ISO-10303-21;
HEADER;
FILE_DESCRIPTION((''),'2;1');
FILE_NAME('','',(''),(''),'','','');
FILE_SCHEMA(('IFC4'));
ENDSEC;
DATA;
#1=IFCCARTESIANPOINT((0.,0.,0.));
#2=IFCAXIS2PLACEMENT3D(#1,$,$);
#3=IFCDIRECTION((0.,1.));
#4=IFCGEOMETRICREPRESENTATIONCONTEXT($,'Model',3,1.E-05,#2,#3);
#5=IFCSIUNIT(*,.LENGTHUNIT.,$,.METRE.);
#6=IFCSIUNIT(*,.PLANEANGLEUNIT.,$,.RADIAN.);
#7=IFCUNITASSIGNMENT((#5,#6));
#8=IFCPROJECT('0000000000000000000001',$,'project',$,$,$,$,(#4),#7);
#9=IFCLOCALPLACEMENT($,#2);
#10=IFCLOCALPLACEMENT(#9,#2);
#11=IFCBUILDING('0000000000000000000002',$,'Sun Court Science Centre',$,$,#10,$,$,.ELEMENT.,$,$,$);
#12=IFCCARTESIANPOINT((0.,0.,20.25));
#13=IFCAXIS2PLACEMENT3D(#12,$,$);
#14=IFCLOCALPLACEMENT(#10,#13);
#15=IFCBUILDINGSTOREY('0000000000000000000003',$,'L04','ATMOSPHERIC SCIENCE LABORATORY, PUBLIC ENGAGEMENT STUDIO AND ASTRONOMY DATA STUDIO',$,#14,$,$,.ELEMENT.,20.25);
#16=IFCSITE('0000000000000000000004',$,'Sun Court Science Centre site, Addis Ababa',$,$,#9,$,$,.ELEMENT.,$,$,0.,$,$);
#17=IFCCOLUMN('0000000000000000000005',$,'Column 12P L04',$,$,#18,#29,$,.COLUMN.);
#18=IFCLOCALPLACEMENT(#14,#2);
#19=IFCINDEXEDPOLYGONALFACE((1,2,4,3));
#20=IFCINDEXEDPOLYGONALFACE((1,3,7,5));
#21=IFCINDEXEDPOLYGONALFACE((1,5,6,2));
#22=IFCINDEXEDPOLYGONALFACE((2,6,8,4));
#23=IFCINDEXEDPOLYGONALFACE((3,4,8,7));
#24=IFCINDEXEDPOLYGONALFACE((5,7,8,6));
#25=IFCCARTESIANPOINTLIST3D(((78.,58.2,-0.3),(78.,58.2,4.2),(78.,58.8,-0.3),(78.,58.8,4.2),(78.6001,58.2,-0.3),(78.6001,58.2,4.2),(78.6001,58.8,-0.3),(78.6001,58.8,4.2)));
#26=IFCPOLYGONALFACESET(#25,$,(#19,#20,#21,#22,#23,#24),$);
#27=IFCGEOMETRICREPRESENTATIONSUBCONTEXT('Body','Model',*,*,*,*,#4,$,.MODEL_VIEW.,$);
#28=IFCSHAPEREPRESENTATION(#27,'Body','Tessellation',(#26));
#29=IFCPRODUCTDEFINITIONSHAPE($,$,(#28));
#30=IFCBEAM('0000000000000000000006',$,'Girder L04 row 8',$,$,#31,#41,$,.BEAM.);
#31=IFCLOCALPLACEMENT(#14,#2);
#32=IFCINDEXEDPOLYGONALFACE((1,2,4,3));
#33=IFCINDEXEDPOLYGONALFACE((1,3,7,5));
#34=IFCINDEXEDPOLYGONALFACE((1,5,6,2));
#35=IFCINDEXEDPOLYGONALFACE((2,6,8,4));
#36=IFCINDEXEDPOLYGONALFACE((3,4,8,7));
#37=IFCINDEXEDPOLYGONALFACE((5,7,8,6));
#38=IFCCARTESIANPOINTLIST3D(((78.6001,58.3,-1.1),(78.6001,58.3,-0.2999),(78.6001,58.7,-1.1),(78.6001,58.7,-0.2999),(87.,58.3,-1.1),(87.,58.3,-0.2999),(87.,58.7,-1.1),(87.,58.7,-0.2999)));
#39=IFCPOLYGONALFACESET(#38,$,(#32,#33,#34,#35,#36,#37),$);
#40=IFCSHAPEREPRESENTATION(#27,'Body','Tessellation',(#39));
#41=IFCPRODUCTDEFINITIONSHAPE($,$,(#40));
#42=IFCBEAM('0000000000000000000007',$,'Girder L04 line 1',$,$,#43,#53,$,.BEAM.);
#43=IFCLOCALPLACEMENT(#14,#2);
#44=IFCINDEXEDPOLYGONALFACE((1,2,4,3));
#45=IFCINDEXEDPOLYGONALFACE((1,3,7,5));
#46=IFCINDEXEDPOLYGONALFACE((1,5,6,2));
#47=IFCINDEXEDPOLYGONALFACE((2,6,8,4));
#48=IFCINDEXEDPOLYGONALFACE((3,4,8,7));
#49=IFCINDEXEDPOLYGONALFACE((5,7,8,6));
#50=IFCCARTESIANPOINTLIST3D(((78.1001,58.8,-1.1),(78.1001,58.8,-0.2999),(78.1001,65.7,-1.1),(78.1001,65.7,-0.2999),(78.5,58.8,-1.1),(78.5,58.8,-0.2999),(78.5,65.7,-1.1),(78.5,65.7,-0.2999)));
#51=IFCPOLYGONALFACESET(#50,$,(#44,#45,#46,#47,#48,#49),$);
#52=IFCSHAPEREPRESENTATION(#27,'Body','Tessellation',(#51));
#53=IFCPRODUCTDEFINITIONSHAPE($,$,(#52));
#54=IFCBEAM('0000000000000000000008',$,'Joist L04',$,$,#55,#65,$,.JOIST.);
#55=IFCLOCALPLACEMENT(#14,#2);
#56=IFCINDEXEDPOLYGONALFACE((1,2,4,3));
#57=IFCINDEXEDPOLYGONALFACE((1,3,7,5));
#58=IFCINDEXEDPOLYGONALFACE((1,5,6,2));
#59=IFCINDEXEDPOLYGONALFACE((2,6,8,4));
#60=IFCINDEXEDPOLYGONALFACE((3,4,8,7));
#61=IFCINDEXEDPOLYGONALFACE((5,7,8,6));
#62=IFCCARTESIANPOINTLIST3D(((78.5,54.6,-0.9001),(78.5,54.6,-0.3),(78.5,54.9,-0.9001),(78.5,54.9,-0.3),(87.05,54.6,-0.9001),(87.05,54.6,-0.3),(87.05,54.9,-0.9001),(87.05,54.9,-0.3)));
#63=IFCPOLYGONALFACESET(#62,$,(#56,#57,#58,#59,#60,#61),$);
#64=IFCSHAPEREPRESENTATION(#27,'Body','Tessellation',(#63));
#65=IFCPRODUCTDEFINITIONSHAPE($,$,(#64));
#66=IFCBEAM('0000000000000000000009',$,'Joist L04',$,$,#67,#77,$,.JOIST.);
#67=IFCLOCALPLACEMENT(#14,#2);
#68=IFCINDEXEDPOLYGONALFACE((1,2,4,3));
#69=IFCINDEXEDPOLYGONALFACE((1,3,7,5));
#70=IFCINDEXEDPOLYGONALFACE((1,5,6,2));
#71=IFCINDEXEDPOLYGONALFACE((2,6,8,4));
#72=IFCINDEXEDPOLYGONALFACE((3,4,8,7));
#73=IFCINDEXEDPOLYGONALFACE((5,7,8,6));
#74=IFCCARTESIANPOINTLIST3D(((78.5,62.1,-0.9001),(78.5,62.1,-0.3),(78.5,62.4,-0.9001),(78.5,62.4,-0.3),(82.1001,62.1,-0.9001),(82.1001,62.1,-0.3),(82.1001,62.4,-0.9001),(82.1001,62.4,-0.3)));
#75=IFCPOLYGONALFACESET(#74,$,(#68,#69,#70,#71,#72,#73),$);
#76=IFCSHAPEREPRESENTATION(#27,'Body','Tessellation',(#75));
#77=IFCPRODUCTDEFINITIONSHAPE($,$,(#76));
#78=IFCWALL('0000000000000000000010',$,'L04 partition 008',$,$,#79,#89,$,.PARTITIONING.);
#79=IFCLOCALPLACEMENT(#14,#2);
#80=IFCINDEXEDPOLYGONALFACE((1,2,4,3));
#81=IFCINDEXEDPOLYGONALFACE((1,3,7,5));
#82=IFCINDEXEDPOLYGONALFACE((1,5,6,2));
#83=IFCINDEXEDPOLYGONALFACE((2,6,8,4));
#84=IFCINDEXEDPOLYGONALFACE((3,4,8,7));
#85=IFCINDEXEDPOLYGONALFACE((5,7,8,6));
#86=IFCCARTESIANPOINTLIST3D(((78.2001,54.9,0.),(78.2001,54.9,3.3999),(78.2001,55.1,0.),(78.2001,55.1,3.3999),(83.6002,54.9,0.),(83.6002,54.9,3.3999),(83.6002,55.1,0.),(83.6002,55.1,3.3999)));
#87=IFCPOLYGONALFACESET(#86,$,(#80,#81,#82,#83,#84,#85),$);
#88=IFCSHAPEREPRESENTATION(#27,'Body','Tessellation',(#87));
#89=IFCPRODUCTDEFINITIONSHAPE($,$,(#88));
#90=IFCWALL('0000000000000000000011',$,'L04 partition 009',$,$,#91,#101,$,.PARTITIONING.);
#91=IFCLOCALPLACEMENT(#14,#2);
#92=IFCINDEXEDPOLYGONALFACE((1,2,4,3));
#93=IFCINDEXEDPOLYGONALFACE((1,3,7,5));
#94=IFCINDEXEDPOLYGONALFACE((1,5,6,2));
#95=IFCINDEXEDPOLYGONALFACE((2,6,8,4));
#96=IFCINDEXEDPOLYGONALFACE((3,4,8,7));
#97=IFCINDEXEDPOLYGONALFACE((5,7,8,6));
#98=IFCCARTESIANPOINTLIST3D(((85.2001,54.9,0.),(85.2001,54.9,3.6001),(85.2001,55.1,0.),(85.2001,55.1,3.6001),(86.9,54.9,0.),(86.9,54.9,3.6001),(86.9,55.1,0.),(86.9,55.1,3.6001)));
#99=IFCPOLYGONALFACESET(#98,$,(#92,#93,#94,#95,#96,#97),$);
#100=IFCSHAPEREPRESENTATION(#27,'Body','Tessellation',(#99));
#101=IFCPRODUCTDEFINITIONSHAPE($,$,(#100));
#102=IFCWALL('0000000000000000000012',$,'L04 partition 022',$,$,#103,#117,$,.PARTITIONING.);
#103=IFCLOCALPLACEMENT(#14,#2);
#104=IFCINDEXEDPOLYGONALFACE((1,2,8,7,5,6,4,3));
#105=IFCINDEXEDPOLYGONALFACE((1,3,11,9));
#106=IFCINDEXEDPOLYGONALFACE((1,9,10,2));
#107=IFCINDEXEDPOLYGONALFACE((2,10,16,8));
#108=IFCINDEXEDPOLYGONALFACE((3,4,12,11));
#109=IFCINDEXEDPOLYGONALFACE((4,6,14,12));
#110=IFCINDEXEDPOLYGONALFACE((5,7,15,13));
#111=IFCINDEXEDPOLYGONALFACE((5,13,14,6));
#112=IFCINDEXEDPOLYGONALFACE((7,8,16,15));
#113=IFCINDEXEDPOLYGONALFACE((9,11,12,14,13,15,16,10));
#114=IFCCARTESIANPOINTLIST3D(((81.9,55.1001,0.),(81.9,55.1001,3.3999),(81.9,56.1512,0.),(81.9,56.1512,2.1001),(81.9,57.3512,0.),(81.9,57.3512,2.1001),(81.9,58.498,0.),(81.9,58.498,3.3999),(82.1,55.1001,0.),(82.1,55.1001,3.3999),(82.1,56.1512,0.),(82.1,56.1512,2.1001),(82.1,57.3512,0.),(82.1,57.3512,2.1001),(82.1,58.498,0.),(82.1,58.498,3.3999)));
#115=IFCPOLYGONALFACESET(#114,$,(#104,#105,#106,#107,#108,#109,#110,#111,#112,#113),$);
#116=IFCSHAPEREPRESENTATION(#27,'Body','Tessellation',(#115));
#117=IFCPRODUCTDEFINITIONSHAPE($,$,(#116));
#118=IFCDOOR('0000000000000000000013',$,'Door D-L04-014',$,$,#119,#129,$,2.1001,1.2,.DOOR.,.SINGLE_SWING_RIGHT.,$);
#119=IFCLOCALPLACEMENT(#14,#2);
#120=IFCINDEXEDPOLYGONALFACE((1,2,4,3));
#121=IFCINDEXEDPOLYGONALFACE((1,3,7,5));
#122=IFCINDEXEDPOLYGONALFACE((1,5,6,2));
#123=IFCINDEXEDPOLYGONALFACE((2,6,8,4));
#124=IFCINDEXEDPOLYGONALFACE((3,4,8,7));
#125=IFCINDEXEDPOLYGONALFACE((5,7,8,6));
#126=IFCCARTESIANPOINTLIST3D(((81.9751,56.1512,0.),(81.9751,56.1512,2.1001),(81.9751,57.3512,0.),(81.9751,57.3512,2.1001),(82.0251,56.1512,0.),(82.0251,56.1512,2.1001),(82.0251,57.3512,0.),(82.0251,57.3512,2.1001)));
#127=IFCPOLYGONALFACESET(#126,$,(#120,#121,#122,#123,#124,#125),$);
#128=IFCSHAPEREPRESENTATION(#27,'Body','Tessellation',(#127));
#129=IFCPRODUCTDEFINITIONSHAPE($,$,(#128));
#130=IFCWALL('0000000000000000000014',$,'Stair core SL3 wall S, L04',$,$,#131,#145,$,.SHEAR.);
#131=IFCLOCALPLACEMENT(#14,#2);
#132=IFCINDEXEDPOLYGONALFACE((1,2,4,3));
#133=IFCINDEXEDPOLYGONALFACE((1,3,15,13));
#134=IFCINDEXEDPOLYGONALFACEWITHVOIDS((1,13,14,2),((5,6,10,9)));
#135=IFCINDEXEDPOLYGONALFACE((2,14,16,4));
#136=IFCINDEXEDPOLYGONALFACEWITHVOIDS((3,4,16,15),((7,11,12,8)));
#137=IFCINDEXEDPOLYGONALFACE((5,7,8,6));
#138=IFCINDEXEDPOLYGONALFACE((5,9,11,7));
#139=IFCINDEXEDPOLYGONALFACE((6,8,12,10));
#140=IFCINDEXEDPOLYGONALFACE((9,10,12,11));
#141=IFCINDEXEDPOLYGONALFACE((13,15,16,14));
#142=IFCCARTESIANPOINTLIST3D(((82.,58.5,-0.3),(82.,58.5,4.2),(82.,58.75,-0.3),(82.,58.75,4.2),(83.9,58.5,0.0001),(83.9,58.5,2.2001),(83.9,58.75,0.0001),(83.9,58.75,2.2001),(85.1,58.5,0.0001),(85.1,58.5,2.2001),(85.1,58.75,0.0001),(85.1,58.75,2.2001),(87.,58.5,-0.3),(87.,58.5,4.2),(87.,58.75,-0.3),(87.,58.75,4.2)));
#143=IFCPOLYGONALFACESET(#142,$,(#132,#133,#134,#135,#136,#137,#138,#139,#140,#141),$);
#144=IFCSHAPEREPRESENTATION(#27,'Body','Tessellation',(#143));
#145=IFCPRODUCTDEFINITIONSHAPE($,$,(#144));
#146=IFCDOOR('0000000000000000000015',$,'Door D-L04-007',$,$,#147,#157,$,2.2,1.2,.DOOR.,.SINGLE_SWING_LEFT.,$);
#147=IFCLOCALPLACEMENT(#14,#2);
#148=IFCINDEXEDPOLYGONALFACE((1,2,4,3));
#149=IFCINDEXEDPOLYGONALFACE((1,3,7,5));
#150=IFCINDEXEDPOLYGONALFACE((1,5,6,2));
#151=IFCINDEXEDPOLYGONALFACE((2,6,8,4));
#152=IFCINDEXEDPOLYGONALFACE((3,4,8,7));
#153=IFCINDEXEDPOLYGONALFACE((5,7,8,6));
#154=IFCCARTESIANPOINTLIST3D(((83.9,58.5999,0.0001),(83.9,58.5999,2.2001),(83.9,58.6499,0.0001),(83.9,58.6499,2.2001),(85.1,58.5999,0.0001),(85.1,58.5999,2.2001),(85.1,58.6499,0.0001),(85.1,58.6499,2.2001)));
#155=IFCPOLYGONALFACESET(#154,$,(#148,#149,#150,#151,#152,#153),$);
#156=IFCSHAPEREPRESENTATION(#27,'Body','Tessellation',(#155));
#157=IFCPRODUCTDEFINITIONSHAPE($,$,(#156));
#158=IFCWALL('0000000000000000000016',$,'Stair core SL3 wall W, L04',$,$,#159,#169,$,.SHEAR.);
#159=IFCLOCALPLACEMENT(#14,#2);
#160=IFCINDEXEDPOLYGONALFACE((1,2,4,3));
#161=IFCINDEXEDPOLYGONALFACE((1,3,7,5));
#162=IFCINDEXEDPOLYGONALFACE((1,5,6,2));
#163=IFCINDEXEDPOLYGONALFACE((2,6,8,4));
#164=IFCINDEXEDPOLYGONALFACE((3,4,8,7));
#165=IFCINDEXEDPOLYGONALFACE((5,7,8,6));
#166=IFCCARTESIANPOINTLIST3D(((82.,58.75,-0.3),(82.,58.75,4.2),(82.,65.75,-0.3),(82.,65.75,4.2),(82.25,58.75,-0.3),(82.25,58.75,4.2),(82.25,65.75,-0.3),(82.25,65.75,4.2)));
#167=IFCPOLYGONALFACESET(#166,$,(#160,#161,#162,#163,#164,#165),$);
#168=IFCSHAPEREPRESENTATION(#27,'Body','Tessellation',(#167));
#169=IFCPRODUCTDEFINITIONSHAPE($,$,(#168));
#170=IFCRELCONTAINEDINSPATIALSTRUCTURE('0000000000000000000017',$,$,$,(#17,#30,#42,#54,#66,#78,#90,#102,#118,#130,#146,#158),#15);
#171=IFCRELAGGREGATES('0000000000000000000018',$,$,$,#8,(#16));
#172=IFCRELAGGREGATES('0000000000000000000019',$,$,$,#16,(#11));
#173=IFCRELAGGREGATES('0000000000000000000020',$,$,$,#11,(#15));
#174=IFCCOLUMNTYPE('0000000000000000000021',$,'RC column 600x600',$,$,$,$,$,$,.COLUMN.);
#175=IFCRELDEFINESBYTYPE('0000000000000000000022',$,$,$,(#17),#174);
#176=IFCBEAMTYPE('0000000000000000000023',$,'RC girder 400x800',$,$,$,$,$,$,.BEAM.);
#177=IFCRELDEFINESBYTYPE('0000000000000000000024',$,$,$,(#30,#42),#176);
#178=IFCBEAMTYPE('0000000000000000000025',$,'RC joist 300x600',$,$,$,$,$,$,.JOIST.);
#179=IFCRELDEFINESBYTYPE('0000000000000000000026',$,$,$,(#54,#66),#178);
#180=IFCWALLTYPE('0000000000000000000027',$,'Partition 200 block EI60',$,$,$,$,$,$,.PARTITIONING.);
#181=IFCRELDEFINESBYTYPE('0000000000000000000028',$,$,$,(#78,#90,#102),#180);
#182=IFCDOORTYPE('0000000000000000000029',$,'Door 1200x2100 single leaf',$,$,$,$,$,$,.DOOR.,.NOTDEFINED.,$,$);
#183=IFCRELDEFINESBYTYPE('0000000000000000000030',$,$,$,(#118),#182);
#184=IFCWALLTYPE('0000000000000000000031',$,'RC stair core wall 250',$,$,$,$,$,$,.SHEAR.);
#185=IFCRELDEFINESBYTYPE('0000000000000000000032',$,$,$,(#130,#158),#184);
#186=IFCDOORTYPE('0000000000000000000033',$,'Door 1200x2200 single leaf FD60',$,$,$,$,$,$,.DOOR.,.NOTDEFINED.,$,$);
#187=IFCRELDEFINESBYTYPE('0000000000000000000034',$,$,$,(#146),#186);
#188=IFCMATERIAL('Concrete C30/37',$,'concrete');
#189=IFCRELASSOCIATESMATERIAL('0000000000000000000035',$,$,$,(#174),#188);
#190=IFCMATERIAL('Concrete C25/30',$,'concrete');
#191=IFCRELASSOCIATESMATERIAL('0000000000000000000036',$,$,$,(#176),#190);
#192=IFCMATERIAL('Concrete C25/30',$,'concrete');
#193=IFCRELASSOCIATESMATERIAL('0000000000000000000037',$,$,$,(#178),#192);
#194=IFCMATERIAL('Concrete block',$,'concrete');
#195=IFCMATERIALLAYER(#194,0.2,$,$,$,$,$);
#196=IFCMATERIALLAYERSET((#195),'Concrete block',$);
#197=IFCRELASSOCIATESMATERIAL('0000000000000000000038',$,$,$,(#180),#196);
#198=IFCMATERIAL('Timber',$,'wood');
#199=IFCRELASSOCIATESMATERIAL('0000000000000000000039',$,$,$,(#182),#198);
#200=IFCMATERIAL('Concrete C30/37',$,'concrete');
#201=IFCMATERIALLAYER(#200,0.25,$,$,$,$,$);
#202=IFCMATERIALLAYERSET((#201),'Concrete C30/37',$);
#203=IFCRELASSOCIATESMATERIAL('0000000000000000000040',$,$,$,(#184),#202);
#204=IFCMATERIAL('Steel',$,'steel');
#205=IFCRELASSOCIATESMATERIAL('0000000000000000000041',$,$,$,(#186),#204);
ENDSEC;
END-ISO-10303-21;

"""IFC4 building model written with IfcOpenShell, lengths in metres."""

from ifc_helpers import new_model, si_unit, direction, frame, frame_2d, origin, origin_2d, place, context, subcontext, project, spatial, rectangle, extrude, material, layer, layer_set, material_profile, profile_set, type_object, element, fill, save


model = new_model("IFC4")

# Units and contexts
model_context = context("Model", 3, precision=1e-05, world=origin(), true_north=direction((0.0, 1.0)))
body_context = subcontext(model_context, "Body", "Model", "MODEL_VIEW")
ifc_project = project(units=[si_unit("LENGTHUNIT", "METRE"), si_unit("PLANEANGLEUNIT", "RADIAN")], contexts=[model_context])

# Site, building, storey
site_placement = place(None, origin())
site = spatial("IfcSite", under=ifc_project, at=site_placement, Name="Sun Court Science Centre site, Addis Ababa", CompositionType="ELEMENT", RefElevation=0.0)
building_placement = place(site_placement, origin())
building = spatial("IfcBuilding", under=site, at=building_placement, Name="Sun Court Science Centre", CompositionType="ELEMENT")
storey_placement = place(building_placement, frame((0.0, 0.0, 20.25)))
storey = spatial("IfcBuildingStorey", under=building, at=storey_placement, Name="L04", Description="ATMOSPHERIC SCIENCE LABORATORY, PUBLIC ENGAGEMENT STUDIO AND ASTRONOMY DATA STUDIO", CompositionType="ELEMENT", Elevation=20.25)

# Column
ifc_material_1 = material(Name="Concrete C30/37", Category="concrete")
ifc_material_profile_1 = material_profile(ifc_material_1, rectangle(XDim=0.6001, YDim=0.6001, at=origin_2d()), Name="RC 600x600")
ifc_profile_set_1 = profile_set([ifc_material_profile_1], Name="Concrete C30/37")
column_type = type_object("IfcColumnType", Name="RC column 600x600", PredefinedType="COLUMN", material=ifc_profile_set_1)
column_placement = place(storey_placement, frame((78.3, 58.5, -0.3), z_axis=(0.0, 0.0, 1.0), x_axis=(1.0, 0.0, 0.0)))
element("IfcColumn", 1, at=column_placement, inside=storey, type_object=column_type, Name="Column 12P L04", PredefinedType="COLUMN", context=body_context, shape_type="SweptSolid", body=[
    extrude(rectangle(XDim=0.6001, YDim=0.6001, at=origin_2d()), origin(), (0.0, 0.0, 1.0), 4.5),
])

# Beams
ifc_material_2 = material(Name="Concrete C25/30", Category="concrete")
ifc_material_profile_2 = material_profile(ifc_material_2, rectangle(XDim=0.3999, YDim=0.8, at=origin_2d()), Name="RC 400x800")
ifc_profile_set_2 = profile_set([ifc_material_profile_2], Name="Concrete C25/30")
beam_type_1 = type_object("IfcBeamType", Name="RC girder 400x800", PredefinedType="BEAM", material=ifc_profile_set_2)
beam_1_placement = place(storey_placement, frame((78.6001, 58.5, -0.7), z_axis=(1.0, 0.0, 0.0), x_axis=(0.0, 1.0, 0.0)))
element("IfcBeam", 2, at=beam_1_placement, inside=storey, type_object=beam_type_1, Name="Girder L04 row 8", PredefinedType="BEAM", context=body_context, shape_type="SweptSolid", body=[
    extrude(rectangle(XDim=0.3999, YDim=0.8, at=origin_2d()), origin(), (0.0, 0.0, 1.0), 8.3999),
])
beam_2_placement = place(storey_placement, frame((78.3, 58.8, -0.7), z_axis=(0.0, 1.0, 0.0), x_axis=(-1.0, 0.0, 0.0)))
element("IfcBeam", 3, at=beam_2_placement, inside=storey, type_object=beam_type_1, Name="Girder L04 line 1", PredefinedType="BEAM", context=body_context, shape_type="SweptSolid", body=[
    extrude(rectangle(XDim=0.3999, YDim=0.8, at=origin_2d()), origin(), (0.0, 0.0, 1.0), 6.8999),
])
ifc_material_3 = material(Name="Concrete C25/30", Category="concrete")
ifc_material_profile_3 = material_profile(ifc_material_3, rectangle(XDim=0.3, YDim=0.6001, at=origin_2d()), Name="RC 300x600")
ifc_profile_set_3 = profile_set([ifc_material_profile_3], Name="Concrete C25/30")
beam_type_2 = type_object("IfcBeamType", Name="RC joist 300x600", PredefinedType="JOIST", material=ifc_profile_set_3)
beam_3_placement = place(storey_placement, frame((78.5, 54.75, -0.6001), z_axis=(1.0, 0.0, 0.0), x_axis=(0.0, 1.0, 0.0)))
element("IfcBeam", 4, at=beam_3_placement, inside=storey, type_object=beam_type_2, Name="Joist L04", PredefinedType="JOIST", context=body_context, shape_type="SweptSolid", body=[
    extrude(rectangle(XDim=0.3, YDim=0.6001, at=origin_2d()), origin(), (0.0, 0.0, 1.0), 8.55),
])
beam_4_placement = place(storey_placement, frame((78.5, 62.25, -0.6001), z_axis=(1.0, 0.0, 0.0), x_axis=(0.0, 1.0, 0.0)))
element("IfcBeam", 5, at=beam_4_placement, inside=storey, type_object=beam_type_2, Name="Joist L04", PredefinedType="JOIST", context=body_context, shape_type="SweptSolid", body=[
    extrude(rectangle(XDim=0.3, YDim=0.6001, at=origin_2d()), origin(), (0.0, 0.0, 1.0), 3.6001),
])

# Walls
ifc_material_4 = material(Name="Concrete block", Category="concrete")
ifc_layer_1 = layer(ifc_material_4, 0.2)
ifc_layer_set_1 = layer_set([ifc_layer_1], Name="Concrete block")
wall_type_1 = type_object("IfcWallType", Name="Partition 200 block EI60", PredefinedType="PARTITIONING", material=ifc_layer_set_1)
wall_1_placement = place(storey_placement, frame((78.2, 55.0, 0.0), z_axis=(0.0, 0.0, 1.0), x_axis=(1.0, 0.0, 0.0)))
element("IfcWall", 6, at=wall_1_placement, inside=storey, type_object=wall_type_1, Name="L04 partition 008", PredefinedType="PARTITIONING", context=body_context, shape_type="SweptSolid", body=[
    extrude(rectangle(XDim=5.4001, YDim=0.2, at=frame_2d((2.7002, 0.0))), origin(), (0.0, 0.0, 1.0), 3.3999),
])
wall_2_placement = place(storey_placement, frame((85.2, 55.0, 0.0), z_axis=(0.0, 0.0, 1.0), x_axis=(1.0, 0.0, 0.0)))
element("IfcWall", 7, at=wall_2_placement, inside=storey, type_object=wall_type_1, Name="L04 partition 009", PredefinedType="PARTITIONING", context=body_context, shape_type="SweptSolid", body=[
    extrude(rectangle(XDim=1.7, YDim=0.2, at=frame_2d((0.8501, 0.0))), origin(), (0.0, 0.0, 1.0), 3.6001),
])

# Walls, openings, doors
wall_3_placement = place(storey_placement, frame((82.0, 55.1001, 0.0), z_axis=(0.0, 0.0, 1.0), x_axis=(0.0, 1.0, 0.0)))
wall_3 = element("IfcWall", 8, at=wall_3_placement, inside=storey, type_object=wall_type_1, Name="L04 partition 022", PredefinedType="PARTITIONING", context=body_context, shape_type="SweptSolid", body=[
    extrude(rectangle(XDim=3.3979, YDim=0.2, at=frame_2d((1.699, 0.0))), origin(), (0.0, 0.0, 1.0), 3.3999),
])
opening_1_placement = place(wall_3_placement, frame((1.051, 0.0, 0.0)))
opening_1 = element("IfcOpeningElement", 9, at=opening_1_placement, cuts=wall_3, PredefinedType="OPENING", context=body_context, shape_type="SweptSolid", body=[
    extrude(rectangle(XDim=1.2, YDim=2.1001, at=frame_2d((0.6001, 1.05))), frame((0.0, 0.1099, 0.0), z_axis=(0.0, -1.0, 0.0), x_axis=(1.0, 0.0, 0.0)), (0.0, 0.0, 1.0), 0.22),
])
ifc_material_5 = material(Name="Timber", Category="wood")
door_type_1 = type_object("IfcDoorType", Name="Door 1200x2100 single leaf", OperationType="NOTDEFINED", PredefinedType="DOOR", material=ifc_material_5)
door_1_placement = place(opening_1_placement, origin())
door_1 = element("IfcDoor", 10, at=door_1_placement, inside=storey, type_object=door_type_1, Name="Door D-L04-014", OperationType="SINGLE_SWING_RIGHT", OverallHeight=2.1001, OverallWidth=1.2, PredefinedType="DOOR", context=body_context, shape_type="SweptSolid", body=[
    extrude(rectangle(XDim=1.2, YDim=2.1001, at=frame_2d((0.6001, 1.05))), frame((0.0, 0.0249, 0.0), z_axis=(0.0, -1.0, 0.0), x_axis=(1.0, 0.0, 0.0)), (0.0, 0.0, 1.0), 0.05),
])
fill(opening_1, door_1)
ifc_material_6 = material(Name="Concrete C30/37", Category="concrete")
ifc_layer_2 = layer(ifc_material_6, 0.25)
ifc_layer_set_2 = layer_set([ifc_layer_2], Name="Concrete C30/37")
wall_type_2 = type_object("IfcWallType", Name="RC stair core wall 250", PredefinedType="SHEAR", material=ifc_layer_set_2)
wall_4_placement = place(storey_placement, frame((82.0, 58.625, -0.3), z_axis=(0.0, 0.0, 1.0), x_axis=(1.0, 0.0, 0.0)))
wall_4 = element("IfcWall", 11, at=wall_4_placement, inside=storey, type_object=wall_type_2, Name="Stair core SL3 wall S, L04", PredefinedType="SHEAR", context=body_context, shape_type="SweptSolid", body=[
    extrude(rectangle(XDim=5.0, YDim=0.25, at=frame_2d((2.5, 0.0))), origin(), (0.0, 0.0, 1.0), 4.5),
])
opening_2_placement = place(wall_4_placement, frame((1.8999, 0.0, 0.3)))
opening_2 = element("IfcOpeningElement", 12, at=opening_2_placement, cuts=wall_4, PredefinedType="OPENING", context=body_context, shape_type="SweptSolid", body=[
    extrude(rectangle(XDim=1.2, YDim=2.2, at=frame_2d((0.6001, 1.1001))), frame((0.0, 0.135, 0.0), z_axis=(0.0, -1.0, 0.0), x_axis=(1.0, 0.0, 0.0)), (0.0, 0.0, 1.0), 0.27),
])
ifc_material_7 = material(Name="Steel", Category="steel")
door_type_2 = type_object("IfcDoorType", Name="Door 1200x2200 single leaf FD60", OperationType="NOTDEFINED", PredefinedType="DOOR", material=ifc_material_7)
door_2_placement = place(opening_2_placement, origin())
door_2 = element("IfcDoor", 13, at=door_2_placement, inside=storey, type_object=door_type_2, Name="Door D-L04-007", OperationType="SINGLE_SWING_LEFT", OverallHeight=2.2, OverallWidth=1.2, PredefinedType="DOOR", context=body_context, shape_type="SweptSolid", body=[
    extrude(rectangle(XDim=1.2, YDim=2.2, at=frame_2d((0.6001, 1.1001))), frame((0.0, 0.0249, 0.0), z_axis=(0.0, -1.0, 0.0), x_axis=(1.0, 0.0, 0.0)), (0.0, 0.0, 1.0), 0.05),
])
fill(opening_2, door_2)

# Wall
wall_5_placement = place(storey_placement, frame((82.125, 58.75, -0.3), z_axis=(0.0, 0.0, 1.0), x_axis=(0.0, 1.0, 0.0)))
element("IfcWall", 14, at=wall_5_placement, inside=storey, type_object=wall_type_2, Name="Stair core SL3 wall W, L04", PredefinedType="SHEAR", context=body_context, shape_type="SweptSolid", body=[
    extrude(rectangle(XDim=7.0, YDim=0.25, at=frame_2d((3.5, 0.0))), origin(), (0.0, 0.0, 1.0), 4.5),
])

save(model, "model.ifc")
